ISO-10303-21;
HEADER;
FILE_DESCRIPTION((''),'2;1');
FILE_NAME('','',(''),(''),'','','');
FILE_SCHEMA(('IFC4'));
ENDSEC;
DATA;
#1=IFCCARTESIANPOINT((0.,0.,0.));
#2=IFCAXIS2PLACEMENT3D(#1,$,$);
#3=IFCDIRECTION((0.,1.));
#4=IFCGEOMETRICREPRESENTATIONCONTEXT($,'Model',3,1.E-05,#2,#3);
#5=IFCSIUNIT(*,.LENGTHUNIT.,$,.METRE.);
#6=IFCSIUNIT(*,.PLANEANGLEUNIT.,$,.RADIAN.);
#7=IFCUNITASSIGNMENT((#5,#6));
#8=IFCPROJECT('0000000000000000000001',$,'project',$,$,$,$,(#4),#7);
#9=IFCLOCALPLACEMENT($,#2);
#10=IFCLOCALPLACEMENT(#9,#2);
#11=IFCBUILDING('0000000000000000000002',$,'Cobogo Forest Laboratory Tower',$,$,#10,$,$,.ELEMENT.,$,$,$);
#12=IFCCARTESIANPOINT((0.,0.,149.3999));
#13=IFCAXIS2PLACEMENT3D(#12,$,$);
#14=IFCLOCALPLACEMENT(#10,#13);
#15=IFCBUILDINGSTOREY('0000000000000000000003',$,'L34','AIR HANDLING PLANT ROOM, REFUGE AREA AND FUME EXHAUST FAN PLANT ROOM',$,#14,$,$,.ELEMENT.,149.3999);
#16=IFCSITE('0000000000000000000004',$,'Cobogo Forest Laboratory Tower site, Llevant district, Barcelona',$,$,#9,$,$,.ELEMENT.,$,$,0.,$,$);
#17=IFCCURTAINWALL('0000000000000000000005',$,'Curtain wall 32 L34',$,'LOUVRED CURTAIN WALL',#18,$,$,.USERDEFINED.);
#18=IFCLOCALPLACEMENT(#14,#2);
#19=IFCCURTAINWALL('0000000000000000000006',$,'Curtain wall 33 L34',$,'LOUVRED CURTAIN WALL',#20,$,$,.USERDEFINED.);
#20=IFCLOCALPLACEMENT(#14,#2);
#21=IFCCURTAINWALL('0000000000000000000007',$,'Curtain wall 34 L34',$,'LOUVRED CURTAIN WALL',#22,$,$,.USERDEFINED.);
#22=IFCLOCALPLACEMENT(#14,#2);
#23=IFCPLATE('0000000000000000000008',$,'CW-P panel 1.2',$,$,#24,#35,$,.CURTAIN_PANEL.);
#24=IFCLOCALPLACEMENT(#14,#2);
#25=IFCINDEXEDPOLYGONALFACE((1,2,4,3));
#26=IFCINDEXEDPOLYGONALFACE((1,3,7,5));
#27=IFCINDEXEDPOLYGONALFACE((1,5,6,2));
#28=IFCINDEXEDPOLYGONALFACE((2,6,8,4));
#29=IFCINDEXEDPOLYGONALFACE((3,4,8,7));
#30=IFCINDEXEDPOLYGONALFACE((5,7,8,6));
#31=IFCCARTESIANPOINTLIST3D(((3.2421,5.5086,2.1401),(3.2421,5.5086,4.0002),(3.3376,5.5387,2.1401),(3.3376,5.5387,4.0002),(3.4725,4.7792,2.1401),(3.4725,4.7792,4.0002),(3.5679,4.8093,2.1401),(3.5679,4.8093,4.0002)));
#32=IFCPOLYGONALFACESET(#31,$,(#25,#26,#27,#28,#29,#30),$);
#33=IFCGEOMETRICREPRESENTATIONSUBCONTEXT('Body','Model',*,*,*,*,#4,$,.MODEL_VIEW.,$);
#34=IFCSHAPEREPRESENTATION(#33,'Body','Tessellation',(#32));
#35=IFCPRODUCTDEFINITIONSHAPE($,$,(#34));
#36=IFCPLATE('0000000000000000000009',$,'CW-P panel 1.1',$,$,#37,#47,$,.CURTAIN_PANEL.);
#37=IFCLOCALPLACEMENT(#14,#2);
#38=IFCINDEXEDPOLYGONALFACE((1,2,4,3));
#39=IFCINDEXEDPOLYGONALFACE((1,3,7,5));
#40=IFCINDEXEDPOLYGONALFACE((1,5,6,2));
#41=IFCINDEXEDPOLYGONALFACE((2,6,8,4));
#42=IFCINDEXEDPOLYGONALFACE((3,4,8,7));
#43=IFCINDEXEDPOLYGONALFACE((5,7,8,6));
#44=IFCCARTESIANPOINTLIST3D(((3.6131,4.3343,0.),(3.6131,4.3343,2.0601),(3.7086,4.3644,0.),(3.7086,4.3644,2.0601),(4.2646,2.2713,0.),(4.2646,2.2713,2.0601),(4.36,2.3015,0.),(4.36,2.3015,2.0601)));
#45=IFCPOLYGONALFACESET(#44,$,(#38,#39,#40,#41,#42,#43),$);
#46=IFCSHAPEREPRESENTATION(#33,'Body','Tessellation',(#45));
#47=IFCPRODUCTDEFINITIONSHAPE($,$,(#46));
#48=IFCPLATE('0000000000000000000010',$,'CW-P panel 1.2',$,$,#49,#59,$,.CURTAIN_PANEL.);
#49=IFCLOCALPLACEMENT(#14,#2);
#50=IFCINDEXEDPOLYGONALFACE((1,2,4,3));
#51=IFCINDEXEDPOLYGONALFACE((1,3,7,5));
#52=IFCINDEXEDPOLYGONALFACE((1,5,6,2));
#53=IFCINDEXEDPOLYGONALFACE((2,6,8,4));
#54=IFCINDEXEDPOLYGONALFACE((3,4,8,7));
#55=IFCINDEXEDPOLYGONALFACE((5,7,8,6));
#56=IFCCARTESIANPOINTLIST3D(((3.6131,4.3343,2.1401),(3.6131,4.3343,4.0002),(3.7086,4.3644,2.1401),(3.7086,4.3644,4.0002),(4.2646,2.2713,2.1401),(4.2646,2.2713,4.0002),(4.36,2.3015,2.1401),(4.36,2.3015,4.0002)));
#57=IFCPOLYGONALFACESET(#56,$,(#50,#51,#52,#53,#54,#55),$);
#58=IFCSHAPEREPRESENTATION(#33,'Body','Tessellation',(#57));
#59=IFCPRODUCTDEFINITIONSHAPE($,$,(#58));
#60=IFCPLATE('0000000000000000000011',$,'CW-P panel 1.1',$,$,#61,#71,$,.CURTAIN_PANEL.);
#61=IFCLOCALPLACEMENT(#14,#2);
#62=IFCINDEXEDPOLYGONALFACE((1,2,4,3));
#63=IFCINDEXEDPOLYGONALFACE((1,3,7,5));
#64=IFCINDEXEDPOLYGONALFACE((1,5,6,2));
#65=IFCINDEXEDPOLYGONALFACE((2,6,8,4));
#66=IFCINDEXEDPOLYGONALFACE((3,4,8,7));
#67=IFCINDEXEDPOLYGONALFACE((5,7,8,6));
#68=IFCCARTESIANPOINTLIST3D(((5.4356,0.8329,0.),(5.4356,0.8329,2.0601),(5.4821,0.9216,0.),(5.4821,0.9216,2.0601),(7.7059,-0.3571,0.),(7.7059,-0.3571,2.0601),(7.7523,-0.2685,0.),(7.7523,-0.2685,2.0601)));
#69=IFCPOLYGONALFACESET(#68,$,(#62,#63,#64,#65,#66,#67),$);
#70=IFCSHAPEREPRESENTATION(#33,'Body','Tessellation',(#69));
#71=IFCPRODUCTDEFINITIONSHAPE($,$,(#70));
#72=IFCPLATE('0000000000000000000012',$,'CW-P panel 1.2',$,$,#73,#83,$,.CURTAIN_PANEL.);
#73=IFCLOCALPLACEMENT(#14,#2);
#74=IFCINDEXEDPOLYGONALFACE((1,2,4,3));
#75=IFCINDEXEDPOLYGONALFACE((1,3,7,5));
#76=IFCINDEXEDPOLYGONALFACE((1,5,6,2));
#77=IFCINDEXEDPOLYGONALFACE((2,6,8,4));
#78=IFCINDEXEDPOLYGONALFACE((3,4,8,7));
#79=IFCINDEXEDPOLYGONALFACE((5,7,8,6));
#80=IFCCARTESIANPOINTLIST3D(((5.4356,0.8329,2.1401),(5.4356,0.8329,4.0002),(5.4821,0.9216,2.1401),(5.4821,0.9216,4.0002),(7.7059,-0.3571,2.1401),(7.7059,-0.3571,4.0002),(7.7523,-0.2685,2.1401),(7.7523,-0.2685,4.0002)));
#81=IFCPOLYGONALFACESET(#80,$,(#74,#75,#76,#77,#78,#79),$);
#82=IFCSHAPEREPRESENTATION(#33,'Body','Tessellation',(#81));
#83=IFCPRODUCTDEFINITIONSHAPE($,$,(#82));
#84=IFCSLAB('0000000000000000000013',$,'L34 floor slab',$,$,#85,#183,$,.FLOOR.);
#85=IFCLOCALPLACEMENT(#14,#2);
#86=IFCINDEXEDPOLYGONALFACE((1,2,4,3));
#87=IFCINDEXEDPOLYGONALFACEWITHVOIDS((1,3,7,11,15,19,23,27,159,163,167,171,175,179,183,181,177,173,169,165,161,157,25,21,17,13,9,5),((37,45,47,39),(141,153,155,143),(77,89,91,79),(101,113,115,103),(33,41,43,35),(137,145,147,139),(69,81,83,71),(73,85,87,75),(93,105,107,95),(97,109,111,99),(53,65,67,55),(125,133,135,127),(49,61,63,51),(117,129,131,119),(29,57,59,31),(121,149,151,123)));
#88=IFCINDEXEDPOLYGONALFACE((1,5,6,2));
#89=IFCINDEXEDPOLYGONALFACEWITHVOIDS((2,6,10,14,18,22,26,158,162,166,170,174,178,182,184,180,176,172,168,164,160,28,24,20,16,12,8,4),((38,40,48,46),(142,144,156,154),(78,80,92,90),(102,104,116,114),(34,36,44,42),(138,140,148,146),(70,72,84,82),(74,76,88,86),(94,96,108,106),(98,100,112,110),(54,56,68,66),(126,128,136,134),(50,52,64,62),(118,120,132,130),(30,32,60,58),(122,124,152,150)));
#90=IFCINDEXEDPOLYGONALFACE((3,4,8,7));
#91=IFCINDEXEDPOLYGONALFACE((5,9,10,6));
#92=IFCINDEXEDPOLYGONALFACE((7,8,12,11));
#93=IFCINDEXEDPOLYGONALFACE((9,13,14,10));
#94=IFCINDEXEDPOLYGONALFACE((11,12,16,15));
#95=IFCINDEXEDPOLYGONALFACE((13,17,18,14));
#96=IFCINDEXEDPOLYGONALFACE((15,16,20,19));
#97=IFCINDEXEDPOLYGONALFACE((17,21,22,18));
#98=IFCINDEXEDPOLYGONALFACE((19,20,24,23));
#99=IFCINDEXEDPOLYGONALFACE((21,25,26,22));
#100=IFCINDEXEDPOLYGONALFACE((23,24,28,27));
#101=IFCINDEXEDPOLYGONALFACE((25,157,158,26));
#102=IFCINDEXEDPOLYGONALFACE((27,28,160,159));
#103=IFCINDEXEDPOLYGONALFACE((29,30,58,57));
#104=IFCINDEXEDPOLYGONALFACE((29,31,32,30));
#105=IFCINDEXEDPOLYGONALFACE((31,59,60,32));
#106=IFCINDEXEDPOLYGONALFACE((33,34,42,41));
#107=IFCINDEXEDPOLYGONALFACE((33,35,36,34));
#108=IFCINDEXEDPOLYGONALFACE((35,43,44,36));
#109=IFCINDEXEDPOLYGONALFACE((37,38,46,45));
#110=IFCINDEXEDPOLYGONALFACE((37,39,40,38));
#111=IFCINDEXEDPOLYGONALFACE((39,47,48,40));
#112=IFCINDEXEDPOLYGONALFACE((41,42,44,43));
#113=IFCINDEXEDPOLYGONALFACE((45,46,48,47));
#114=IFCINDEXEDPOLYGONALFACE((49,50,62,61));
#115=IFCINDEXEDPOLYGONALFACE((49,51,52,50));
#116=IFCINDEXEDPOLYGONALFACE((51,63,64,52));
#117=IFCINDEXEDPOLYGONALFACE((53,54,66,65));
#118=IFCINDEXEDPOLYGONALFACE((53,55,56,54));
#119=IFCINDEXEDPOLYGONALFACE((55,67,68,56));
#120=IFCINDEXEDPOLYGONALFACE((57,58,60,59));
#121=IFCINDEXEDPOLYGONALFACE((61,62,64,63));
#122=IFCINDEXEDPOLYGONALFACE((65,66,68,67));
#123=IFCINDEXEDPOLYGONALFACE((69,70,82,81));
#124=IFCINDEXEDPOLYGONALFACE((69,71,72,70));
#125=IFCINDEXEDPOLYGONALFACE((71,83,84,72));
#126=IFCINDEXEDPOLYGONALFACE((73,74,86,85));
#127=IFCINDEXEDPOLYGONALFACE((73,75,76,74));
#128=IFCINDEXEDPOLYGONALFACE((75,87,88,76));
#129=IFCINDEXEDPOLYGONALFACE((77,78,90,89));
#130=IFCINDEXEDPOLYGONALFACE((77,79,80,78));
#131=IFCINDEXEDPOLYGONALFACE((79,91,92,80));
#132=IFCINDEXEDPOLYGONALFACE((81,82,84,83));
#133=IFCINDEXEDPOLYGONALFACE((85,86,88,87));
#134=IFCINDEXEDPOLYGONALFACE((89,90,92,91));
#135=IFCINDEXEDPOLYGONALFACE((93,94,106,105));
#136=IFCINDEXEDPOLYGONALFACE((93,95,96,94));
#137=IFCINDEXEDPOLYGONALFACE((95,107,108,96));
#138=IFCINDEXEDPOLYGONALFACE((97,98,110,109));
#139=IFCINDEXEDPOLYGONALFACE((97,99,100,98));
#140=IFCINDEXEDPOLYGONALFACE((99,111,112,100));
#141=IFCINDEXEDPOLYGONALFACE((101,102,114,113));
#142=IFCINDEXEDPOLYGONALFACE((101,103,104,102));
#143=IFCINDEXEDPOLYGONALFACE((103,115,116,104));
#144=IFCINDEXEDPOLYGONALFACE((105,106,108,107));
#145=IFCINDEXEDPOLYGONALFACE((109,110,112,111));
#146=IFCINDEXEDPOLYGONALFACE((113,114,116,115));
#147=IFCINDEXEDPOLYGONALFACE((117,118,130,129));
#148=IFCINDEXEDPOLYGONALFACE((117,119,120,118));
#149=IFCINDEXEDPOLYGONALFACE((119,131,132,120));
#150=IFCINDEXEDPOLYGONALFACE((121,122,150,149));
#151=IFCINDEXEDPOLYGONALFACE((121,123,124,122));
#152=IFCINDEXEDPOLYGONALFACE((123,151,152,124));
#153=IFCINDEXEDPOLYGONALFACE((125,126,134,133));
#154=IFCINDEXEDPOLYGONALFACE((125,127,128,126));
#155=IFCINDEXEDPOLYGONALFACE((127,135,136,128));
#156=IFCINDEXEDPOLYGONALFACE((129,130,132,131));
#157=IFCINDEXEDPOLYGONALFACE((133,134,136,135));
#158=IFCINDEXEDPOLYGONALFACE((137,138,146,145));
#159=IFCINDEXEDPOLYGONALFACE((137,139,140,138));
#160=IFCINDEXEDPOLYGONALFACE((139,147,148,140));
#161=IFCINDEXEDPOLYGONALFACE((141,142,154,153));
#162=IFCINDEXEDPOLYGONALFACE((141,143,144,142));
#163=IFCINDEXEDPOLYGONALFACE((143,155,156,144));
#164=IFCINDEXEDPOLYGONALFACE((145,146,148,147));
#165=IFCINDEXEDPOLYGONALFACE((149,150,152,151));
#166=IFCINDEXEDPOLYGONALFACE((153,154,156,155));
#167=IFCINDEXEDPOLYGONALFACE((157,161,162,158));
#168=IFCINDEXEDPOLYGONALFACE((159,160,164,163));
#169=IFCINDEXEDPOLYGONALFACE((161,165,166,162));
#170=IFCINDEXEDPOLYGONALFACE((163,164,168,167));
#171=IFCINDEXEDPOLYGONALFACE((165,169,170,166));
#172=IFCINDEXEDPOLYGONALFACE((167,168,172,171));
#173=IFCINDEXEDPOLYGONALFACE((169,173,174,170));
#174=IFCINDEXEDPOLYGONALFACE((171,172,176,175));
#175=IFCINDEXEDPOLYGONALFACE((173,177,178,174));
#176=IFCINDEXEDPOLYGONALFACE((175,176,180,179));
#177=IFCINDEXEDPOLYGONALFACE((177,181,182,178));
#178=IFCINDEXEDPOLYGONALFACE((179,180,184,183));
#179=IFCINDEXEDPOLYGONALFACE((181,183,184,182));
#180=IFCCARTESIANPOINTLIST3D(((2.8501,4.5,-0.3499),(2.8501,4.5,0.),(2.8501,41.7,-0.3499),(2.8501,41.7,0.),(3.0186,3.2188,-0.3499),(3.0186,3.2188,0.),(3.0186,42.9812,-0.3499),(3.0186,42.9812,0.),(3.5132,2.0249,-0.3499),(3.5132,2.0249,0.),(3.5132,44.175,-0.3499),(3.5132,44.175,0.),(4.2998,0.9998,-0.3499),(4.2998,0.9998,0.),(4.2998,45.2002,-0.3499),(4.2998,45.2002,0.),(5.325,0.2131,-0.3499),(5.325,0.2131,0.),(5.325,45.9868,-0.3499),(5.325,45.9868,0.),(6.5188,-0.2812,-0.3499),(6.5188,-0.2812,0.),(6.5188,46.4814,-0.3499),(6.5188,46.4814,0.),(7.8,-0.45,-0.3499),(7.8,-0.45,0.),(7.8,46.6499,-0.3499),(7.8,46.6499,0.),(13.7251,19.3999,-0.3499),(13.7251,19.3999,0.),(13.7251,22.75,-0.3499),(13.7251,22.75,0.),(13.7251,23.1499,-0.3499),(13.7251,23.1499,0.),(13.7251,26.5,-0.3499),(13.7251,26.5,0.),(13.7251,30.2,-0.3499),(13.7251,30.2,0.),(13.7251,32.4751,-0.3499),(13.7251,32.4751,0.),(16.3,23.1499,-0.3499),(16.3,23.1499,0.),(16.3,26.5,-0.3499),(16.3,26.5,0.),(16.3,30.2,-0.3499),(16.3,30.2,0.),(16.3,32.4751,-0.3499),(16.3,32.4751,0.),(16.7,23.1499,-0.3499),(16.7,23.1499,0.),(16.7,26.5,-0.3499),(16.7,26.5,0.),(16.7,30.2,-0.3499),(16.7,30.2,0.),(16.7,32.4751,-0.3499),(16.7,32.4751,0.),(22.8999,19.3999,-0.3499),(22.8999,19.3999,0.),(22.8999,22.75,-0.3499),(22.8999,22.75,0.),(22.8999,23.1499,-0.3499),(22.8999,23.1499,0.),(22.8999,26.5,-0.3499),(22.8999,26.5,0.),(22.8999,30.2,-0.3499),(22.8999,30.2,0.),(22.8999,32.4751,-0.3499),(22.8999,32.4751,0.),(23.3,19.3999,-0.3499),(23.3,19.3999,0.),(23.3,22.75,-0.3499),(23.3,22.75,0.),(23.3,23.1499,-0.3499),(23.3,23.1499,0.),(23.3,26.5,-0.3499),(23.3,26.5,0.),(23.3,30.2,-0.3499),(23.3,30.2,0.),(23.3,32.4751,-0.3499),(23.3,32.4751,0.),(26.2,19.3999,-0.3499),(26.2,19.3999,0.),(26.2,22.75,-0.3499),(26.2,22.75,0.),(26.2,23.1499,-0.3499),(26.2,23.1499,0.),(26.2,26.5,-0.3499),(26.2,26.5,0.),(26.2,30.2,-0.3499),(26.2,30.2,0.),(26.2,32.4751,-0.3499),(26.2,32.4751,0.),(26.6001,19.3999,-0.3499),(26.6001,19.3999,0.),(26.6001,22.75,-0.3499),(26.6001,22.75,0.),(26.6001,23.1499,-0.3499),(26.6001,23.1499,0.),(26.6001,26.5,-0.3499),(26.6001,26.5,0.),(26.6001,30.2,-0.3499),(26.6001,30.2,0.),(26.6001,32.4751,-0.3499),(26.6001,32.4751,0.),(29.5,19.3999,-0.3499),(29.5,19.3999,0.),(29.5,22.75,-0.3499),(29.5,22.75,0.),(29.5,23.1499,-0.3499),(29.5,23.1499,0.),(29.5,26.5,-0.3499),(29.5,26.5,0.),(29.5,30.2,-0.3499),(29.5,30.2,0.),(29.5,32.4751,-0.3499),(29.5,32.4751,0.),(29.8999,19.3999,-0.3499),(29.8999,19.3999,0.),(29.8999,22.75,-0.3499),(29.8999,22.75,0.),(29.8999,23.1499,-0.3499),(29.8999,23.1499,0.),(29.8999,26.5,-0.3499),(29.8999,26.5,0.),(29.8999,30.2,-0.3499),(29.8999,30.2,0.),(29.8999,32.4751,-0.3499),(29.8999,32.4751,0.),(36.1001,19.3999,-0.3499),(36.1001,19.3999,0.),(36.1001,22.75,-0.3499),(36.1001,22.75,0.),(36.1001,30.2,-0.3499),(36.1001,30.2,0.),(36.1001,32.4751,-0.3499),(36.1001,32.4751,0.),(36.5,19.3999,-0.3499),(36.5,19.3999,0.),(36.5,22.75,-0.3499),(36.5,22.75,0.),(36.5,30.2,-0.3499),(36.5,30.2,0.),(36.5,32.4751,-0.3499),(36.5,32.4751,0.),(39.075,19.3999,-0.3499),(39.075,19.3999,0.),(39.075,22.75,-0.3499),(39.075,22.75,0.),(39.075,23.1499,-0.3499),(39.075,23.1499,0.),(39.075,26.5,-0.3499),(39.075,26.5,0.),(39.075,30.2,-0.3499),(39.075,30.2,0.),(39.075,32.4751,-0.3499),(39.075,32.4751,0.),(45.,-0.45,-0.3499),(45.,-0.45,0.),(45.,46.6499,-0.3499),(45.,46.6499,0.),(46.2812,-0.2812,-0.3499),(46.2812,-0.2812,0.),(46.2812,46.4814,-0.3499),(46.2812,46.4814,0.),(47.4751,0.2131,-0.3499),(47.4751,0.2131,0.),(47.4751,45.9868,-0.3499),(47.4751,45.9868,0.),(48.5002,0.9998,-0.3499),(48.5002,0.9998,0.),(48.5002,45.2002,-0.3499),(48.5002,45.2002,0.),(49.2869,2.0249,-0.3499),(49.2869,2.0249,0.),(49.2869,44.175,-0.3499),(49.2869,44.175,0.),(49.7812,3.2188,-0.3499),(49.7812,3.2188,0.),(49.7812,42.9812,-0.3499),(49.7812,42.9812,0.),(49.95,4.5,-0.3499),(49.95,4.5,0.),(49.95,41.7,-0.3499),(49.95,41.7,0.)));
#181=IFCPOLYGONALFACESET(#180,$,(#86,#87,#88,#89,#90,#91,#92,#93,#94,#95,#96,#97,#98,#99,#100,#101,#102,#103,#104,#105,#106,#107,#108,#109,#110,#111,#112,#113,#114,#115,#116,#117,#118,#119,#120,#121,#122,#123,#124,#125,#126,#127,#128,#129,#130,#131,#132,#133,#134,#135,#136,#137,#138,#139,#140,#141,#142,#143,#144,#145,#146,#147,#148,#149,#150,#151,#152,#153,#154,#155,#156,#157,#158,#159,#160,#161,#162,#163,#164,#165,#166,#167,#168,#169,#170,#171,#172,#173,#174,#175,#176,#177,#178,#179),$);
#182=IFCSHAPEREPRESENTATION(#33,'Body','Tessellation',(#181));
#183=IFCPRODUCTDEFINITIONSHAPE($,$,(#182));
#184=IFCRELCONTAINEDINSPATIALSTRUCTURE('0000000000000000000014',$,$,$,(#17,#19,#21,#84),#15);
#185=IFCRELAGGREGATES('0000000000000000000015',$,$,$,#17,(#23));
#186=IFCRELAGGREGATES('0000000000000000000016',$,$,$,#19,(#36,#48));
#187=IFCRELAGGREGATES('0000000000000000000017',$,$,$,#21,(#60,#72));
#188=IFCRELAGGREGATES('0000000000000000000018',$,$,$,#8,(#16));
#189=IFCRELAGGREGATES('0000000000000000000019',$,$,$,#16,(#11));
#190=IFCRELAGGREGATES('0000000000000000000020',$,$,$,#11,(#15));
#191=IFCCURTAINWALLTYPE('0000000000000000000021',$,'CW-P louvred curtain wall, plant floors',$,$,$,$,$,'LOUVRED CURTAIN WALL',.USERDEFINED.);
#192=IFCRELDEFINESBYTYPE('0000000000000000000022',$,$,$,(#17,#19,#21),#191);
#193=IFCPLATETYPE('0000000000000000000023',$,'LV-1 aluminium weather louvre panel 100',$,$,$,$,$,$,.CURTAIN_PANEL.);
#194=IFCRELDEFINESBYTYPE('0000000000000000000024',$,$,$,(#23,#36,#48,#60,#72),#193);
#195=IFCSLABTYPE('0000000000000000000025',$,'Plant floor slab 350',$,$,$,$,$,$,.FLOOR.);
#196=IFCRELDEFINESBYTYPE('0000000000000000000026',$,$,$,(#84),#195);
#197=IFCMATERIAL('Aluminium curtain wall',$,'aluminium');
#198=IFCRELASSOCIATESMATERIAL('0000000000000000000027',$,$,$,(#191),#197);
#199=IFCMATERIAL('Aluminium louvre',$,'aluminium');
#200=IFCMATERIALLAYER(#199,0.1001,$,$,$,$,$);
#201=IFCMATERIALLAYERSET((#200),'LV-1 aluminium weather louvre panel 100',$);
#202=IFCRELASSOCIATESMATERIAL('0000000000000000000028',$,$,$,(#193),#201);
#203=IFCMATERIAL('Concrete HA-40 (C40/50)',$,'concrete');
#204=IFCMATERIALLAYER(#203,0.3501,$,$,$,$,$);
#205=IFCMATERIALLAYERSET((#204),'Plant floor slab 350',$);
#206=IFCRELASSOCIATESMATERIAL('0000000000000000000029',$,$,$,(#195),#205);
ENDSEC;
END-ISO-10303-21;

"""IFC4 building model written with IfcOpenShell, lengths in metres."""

from ifc_helpers import new_model, si_unit, direction, frame, origin, origin_2d, place, context, subcontext, project, spatial, polyline, rectangle, outline, extrude, material, layer, layer_set, type_object, element, aggregate, save


model = new_model("IFC4")

# Units and contexts
model_context = context("Model", 3, precision=1e-05, world=origin(), true_north=direction((0.0, 1.0)))
body_context = subcontext(model_context, "Body", "Model", "MODEL_VIEW")
ifc_project = project(units=[si_unit("LENGTHUNIT", "METRE"), si_unit("PLANEANGLEUNIT", "RADIAN")], contexts=[model_context])

# Site, building, storey
site_placement = place(None, origin())
site = spatial("IfcSite", under=ifc_project, at=site_placement, Name="Cobogo Forest Laboratory Tower site, Llevant district, Barcelona", CompositionType="ELEMENT", RefElevation=0.0)
building_placement = place(site_placement, origin())
building = spatial("IfcBuilding", under=site, at=building_placement, Name="Cobogo Forest Laboratory Tower", CompositionType="ELEMENT")
storey_placement = place(building_placement, frame((0.0, 0.0, 149.3999)))
storey = spatial("IfcBuildingStorey", under=building, at=storey_placement, Name="L34", Description="AIR HANDLING PLANT ROOM, REFUGE AREA AND FUME EXHAUST FAN PLANT ROOM", CompositionType="ELEMENT", Elevation=149.3999)

# Curtain walls
ifc_material_1 = material(Name="Aluminium curtain wall", Category="aluminium")
curtain_wall_type = type_object("IfcCurtainWallType", Name="CW-P louvred curtain wall, plant floors", ElementType="LOUVRED CURTAIN WALL", PredefinedType="USERDEFINED", material=ifc_material_1)
curtain_wall_1_placement = place(storey_placement, origin())
curtain_wall_1 = element("IfcCurtainWall", 1, at=curtain_wall_1_placement, inside=storey, type_object=curtain_wall_type, Name="Curtain wall 32 L34", ObjectType="LOUVRED CURTAIN WALL", PredefinedType="USERDEFINED")
curtain_wall_2_placement = place(storey_placement, origin())
curtain_wall_2 = element("IfcCurtainWall", 2, at=curtain_wall_2_placement, inside=storey, type_object=curtain_wall_type, Name="Curtain wall 33 L34", ObjectType="LOUVRED CURTAIN WALL", PredefinedType="USERDEFINED")
curtain_wall_3_placement = place(storey_placement, origin())
curtain_wall_3 = element("IfcCurtainWall", 3, at=curtain_wall_3_placement, inside=storey, type_object=curtain_wall_type, Name="Curtain wall 34 L34", ObjectType="LOUVRED CURTAIN WALL", PredefinedType="USERDEFINED")

# Shared definitions
ifc_material_2 = material(Name="Concrete HA-40 (C40/50)", Category="concrete")

# Plates
ifc_material_3 = material(Name="Aluminium louvre", Category="aluminium")
ifc_layer_1 = layer(ifc_material_3, 0.1001)
ifc_layer_set_1 = layer_set([ifc_layer_1], Name="LV-1 aluminium weather louvre panel 100")
plate_type = type_object("IfcPlateType", Name="LV-1 aluminium weather louvre panel 100", PredefinedType="CURTAIN_PANEL", material=ifc_layer_set_1)
plate_1_placement = place(storey_placement, frame((3.405, 5.1589, 2.1401), z_axis=(0.0, 0.0, 1.0), x_axis=(0.301135, -0.953581, 0.0)))
plate_1 = element("IfcPlate", 4, at=plate_1_placement, type_object=plate_type, Name="CW-P panel 1.2", PredefinedType="CURTAIN_PANEL", context=body_context, shape_type="SweptSolid", body=[
    extrude(rectangle(XDim=0.7649, YDim=0.1001, at=origin_2d()), origin(), (0.0, 0.0, 1.0), 1.8601),
])
aggregate(curtain_wall_1, [plate_1])
plate_2_placement = place(storey_placement, frame((3.9866, 3.3179, 0.0), z_axis=(0.0, 0.0, 1.0), x_axis=(0.301135, -0.953581, 0.0)))
plate_2 = element("IfcPlate", 5, at=plate_2_placement, type_object=plate_type, Name="CW-P panel 1.1", PredefinedType="CURTAIN_PANEL", context=body_context, shape_type="SweptSolid", body=[
    extrude(rectangle(XDim=2.1633, YDim=0.1001, at=origin_2d()), origin(), (0.0, 0.0, 1.0), 2.0601),
])
plate_3_placement = place(storey_placement, frame((3.9866, 3.3179, 2.1401), z_axis=(0.0, 0.0, 1.0), x_axis=(0.301135, -0.953581, 0.0)))
plate_3 = element("IfcPlate", 6, at=plate_3_placement, type_object=plate_type, Name="CW-P panel 1.2", PredefinedType="CURTAIN_PANEL", context=body_context, shape_type="SweptSolid", body=[
    extrude(rectangle(XDim=2.1633, YDim=0.1001, at=origin_2d()), origin(), (0.0, 0.0, 1.0), 1.8601),
])
aggregate(curtain_wall_2, [plate_2, plate_3])
plate_4_placement = place(storey_placement, frame((6.594, 0.2822, 0.0), z_axis=(0.0, 0.0, 1.0), x_axis=(0.885687, -0.464284, 0.0)))
plate_4 = element("IfcPlate", 7, at=plate_4_placement, type_object=plate_type, Name="CW-P panel 1.1", PredefinedType="CURTAIN_PANEL", context=body_context, shape_type="SweptSolid", body=[
    extrude(rectangle(XDim=2.5632, YDim=0.1001, at=origin_2d()), origin(), (0.0, 0.0, 1.0), 2.0601),
])
plate_5_placement = place(storey_placement, frame((6.594, 0.2822, 2.1401), z_axis=(0.0, 0.0, 1.0), x_axis=(0.885687, -0.464284, 0.0)))
plate_5 = element("IfcPlate", 8, at=plate_5_placement, type_object=plate_type, Name="CW-P panel 1.2", PredefinedType="CURTAIN_PANEL", context=body_context, shape_type="SweptSolid", body=[
    extrude(rectangle(XDim=2.5632, YDim=0.1001, at=origin_2d()), origin(), (0.0, 0.0, 1.0), 1.8601),
])
aggregate(curtain_wall_3, [plate_4, plate_5])

# Slab
ifc_layer_2 = layer(ifc_material_2, 0.3501)
ifc_layer_set_2 = layer_set([ifc_layer_2], Name="Plant floor slab 350")
slab_type_1 = type_object("IfcSlabType", Name="Plant floor slab 350", PredefinedType="FLOOR", material=ifc_layer_set_2)
slab_1_placement = place(storey_placement, frame((0.0, 0.0, -0.3499)))
element("IfcSlab", 9, at=slab_1_placement, inside=storey, type_object=slab_type_1, Name="L34 floor slab", PredefinedType="FLOOR", context=body_context, shape_type="SweptSolid", body=[
    extrude(outline(polyline([(45.0, -0.45), (46.2812, -0.2812), (47.4751, 0.2131), (48.5002, 0.9998), (49.2869, 2.0249), (49.7812, 3.2188), (49.95, 4.5), (49.95, 41.7), (49.7812, 42.9812), (49.2869, 44.175), (48.5002, 45.2002), (47.4751, 45.9868), (46.2812, 46.4814), (45.0, 46.6499), (7.8, 46.6499), (6.5188, 46.4814), (5.325, 45.9868), (4.2998, 45.2002), (3.5132, 44.175), (3.0186, 42.9812), (2.8501, 41.7), (2.8501, 4.5), (3.0186, 3.2188), (3.5132, 2.0249), (4.2998, 0.9998), (5.325, 0.2131), (6.5188, -0.2812), (7.8, -0.45), (45.0, -0.45)]), holes=[polyline([(22.8999, 19.3999), (13.7251, 19.3999), (13.7251, 22.75), (22.8999, 22.75), (22.8999, 19.3999)]), polyline([(26.2, 19.3999), (23.3, 19.3999), (23.3, 22.75), (26.2, 22.75), (26.2, 19.3999)]), polyline([(29.5, 19.3999), (26.6001, 19.3999), (26.6001, 22.75), (29.5, 22.75), (29.5, 19.3999)]), polyline([(36.1001, 22.75), (36.1001, 19.3999), (29.8999, 19.3999), (29.8999, 22.75), (36.1001, 22.75)]), polyline([(36.5, 19.3999), (36.5, 22.75), (39.075, 22.75), (39.075, 19.3999), (36.5, 19.3999)]), polyline([(16.3, 23.1499), (13.7251, 23.1499), (13.7251, 26.5), (16.3, 26.5), (16.3, 23.1499)]), polyline([(22.8999, 26.5), (22.8999, 23.1499), (16.7, 23.1499), (16.7, 26.5), (22.8999, 26.5)]), polyline([(26.2, 23.1499), (23.3, 23.1499), (23.3, 26.5), (26.2, 26.5), (26.2, 23.1499)]), polyline([(26.6001, 23.1499), (26.6001, 26.5), (29.5, 26.5), (29.5, 23.1499), (26.6001, 23.1499)]), polyline([(39.075, 23.1499), (29.8999, 23.1499), (29.8999, 26.5), (39.075, 26.5), (39.075, 23.1499)]), polyline([(16.3, 30.2), (13.7251, 30.2), (13.7251, 32.4751), (16.3, 32.4751), (16.3, 30.2)]), polyline([(22.8999, 32.4751), (22.8999, 30.2), (16.7, 30.2), (16.7, 32.4751), (22.8999, 32.4751)]), polyline([(23.3, 30.2), (23.3, 32.4751), (26.2, 32.4751), (26.2, 30.2), (23.3, 30.2)]), polyline([(29.5, 30.2), (26.6001, 30.2), (26.6001, 32.4751), (29.5, 32.4751), (29.5, 30.2)]), polyline([(36.1001, 32.4751), (36.1001, 30.2), (29.8999, 30.2), (29.8999, 32.4751), (36.1001, 32.4751)]), polyline([(36.5, 30.2), (36.5, 32.4751), (39.075, 32.4751), (39.075, 30.2), (36.5, 30.2)])]), origin(), (0.0, 0.0, 1.0), 0.3499),
])

save(model, "model.ifc")
